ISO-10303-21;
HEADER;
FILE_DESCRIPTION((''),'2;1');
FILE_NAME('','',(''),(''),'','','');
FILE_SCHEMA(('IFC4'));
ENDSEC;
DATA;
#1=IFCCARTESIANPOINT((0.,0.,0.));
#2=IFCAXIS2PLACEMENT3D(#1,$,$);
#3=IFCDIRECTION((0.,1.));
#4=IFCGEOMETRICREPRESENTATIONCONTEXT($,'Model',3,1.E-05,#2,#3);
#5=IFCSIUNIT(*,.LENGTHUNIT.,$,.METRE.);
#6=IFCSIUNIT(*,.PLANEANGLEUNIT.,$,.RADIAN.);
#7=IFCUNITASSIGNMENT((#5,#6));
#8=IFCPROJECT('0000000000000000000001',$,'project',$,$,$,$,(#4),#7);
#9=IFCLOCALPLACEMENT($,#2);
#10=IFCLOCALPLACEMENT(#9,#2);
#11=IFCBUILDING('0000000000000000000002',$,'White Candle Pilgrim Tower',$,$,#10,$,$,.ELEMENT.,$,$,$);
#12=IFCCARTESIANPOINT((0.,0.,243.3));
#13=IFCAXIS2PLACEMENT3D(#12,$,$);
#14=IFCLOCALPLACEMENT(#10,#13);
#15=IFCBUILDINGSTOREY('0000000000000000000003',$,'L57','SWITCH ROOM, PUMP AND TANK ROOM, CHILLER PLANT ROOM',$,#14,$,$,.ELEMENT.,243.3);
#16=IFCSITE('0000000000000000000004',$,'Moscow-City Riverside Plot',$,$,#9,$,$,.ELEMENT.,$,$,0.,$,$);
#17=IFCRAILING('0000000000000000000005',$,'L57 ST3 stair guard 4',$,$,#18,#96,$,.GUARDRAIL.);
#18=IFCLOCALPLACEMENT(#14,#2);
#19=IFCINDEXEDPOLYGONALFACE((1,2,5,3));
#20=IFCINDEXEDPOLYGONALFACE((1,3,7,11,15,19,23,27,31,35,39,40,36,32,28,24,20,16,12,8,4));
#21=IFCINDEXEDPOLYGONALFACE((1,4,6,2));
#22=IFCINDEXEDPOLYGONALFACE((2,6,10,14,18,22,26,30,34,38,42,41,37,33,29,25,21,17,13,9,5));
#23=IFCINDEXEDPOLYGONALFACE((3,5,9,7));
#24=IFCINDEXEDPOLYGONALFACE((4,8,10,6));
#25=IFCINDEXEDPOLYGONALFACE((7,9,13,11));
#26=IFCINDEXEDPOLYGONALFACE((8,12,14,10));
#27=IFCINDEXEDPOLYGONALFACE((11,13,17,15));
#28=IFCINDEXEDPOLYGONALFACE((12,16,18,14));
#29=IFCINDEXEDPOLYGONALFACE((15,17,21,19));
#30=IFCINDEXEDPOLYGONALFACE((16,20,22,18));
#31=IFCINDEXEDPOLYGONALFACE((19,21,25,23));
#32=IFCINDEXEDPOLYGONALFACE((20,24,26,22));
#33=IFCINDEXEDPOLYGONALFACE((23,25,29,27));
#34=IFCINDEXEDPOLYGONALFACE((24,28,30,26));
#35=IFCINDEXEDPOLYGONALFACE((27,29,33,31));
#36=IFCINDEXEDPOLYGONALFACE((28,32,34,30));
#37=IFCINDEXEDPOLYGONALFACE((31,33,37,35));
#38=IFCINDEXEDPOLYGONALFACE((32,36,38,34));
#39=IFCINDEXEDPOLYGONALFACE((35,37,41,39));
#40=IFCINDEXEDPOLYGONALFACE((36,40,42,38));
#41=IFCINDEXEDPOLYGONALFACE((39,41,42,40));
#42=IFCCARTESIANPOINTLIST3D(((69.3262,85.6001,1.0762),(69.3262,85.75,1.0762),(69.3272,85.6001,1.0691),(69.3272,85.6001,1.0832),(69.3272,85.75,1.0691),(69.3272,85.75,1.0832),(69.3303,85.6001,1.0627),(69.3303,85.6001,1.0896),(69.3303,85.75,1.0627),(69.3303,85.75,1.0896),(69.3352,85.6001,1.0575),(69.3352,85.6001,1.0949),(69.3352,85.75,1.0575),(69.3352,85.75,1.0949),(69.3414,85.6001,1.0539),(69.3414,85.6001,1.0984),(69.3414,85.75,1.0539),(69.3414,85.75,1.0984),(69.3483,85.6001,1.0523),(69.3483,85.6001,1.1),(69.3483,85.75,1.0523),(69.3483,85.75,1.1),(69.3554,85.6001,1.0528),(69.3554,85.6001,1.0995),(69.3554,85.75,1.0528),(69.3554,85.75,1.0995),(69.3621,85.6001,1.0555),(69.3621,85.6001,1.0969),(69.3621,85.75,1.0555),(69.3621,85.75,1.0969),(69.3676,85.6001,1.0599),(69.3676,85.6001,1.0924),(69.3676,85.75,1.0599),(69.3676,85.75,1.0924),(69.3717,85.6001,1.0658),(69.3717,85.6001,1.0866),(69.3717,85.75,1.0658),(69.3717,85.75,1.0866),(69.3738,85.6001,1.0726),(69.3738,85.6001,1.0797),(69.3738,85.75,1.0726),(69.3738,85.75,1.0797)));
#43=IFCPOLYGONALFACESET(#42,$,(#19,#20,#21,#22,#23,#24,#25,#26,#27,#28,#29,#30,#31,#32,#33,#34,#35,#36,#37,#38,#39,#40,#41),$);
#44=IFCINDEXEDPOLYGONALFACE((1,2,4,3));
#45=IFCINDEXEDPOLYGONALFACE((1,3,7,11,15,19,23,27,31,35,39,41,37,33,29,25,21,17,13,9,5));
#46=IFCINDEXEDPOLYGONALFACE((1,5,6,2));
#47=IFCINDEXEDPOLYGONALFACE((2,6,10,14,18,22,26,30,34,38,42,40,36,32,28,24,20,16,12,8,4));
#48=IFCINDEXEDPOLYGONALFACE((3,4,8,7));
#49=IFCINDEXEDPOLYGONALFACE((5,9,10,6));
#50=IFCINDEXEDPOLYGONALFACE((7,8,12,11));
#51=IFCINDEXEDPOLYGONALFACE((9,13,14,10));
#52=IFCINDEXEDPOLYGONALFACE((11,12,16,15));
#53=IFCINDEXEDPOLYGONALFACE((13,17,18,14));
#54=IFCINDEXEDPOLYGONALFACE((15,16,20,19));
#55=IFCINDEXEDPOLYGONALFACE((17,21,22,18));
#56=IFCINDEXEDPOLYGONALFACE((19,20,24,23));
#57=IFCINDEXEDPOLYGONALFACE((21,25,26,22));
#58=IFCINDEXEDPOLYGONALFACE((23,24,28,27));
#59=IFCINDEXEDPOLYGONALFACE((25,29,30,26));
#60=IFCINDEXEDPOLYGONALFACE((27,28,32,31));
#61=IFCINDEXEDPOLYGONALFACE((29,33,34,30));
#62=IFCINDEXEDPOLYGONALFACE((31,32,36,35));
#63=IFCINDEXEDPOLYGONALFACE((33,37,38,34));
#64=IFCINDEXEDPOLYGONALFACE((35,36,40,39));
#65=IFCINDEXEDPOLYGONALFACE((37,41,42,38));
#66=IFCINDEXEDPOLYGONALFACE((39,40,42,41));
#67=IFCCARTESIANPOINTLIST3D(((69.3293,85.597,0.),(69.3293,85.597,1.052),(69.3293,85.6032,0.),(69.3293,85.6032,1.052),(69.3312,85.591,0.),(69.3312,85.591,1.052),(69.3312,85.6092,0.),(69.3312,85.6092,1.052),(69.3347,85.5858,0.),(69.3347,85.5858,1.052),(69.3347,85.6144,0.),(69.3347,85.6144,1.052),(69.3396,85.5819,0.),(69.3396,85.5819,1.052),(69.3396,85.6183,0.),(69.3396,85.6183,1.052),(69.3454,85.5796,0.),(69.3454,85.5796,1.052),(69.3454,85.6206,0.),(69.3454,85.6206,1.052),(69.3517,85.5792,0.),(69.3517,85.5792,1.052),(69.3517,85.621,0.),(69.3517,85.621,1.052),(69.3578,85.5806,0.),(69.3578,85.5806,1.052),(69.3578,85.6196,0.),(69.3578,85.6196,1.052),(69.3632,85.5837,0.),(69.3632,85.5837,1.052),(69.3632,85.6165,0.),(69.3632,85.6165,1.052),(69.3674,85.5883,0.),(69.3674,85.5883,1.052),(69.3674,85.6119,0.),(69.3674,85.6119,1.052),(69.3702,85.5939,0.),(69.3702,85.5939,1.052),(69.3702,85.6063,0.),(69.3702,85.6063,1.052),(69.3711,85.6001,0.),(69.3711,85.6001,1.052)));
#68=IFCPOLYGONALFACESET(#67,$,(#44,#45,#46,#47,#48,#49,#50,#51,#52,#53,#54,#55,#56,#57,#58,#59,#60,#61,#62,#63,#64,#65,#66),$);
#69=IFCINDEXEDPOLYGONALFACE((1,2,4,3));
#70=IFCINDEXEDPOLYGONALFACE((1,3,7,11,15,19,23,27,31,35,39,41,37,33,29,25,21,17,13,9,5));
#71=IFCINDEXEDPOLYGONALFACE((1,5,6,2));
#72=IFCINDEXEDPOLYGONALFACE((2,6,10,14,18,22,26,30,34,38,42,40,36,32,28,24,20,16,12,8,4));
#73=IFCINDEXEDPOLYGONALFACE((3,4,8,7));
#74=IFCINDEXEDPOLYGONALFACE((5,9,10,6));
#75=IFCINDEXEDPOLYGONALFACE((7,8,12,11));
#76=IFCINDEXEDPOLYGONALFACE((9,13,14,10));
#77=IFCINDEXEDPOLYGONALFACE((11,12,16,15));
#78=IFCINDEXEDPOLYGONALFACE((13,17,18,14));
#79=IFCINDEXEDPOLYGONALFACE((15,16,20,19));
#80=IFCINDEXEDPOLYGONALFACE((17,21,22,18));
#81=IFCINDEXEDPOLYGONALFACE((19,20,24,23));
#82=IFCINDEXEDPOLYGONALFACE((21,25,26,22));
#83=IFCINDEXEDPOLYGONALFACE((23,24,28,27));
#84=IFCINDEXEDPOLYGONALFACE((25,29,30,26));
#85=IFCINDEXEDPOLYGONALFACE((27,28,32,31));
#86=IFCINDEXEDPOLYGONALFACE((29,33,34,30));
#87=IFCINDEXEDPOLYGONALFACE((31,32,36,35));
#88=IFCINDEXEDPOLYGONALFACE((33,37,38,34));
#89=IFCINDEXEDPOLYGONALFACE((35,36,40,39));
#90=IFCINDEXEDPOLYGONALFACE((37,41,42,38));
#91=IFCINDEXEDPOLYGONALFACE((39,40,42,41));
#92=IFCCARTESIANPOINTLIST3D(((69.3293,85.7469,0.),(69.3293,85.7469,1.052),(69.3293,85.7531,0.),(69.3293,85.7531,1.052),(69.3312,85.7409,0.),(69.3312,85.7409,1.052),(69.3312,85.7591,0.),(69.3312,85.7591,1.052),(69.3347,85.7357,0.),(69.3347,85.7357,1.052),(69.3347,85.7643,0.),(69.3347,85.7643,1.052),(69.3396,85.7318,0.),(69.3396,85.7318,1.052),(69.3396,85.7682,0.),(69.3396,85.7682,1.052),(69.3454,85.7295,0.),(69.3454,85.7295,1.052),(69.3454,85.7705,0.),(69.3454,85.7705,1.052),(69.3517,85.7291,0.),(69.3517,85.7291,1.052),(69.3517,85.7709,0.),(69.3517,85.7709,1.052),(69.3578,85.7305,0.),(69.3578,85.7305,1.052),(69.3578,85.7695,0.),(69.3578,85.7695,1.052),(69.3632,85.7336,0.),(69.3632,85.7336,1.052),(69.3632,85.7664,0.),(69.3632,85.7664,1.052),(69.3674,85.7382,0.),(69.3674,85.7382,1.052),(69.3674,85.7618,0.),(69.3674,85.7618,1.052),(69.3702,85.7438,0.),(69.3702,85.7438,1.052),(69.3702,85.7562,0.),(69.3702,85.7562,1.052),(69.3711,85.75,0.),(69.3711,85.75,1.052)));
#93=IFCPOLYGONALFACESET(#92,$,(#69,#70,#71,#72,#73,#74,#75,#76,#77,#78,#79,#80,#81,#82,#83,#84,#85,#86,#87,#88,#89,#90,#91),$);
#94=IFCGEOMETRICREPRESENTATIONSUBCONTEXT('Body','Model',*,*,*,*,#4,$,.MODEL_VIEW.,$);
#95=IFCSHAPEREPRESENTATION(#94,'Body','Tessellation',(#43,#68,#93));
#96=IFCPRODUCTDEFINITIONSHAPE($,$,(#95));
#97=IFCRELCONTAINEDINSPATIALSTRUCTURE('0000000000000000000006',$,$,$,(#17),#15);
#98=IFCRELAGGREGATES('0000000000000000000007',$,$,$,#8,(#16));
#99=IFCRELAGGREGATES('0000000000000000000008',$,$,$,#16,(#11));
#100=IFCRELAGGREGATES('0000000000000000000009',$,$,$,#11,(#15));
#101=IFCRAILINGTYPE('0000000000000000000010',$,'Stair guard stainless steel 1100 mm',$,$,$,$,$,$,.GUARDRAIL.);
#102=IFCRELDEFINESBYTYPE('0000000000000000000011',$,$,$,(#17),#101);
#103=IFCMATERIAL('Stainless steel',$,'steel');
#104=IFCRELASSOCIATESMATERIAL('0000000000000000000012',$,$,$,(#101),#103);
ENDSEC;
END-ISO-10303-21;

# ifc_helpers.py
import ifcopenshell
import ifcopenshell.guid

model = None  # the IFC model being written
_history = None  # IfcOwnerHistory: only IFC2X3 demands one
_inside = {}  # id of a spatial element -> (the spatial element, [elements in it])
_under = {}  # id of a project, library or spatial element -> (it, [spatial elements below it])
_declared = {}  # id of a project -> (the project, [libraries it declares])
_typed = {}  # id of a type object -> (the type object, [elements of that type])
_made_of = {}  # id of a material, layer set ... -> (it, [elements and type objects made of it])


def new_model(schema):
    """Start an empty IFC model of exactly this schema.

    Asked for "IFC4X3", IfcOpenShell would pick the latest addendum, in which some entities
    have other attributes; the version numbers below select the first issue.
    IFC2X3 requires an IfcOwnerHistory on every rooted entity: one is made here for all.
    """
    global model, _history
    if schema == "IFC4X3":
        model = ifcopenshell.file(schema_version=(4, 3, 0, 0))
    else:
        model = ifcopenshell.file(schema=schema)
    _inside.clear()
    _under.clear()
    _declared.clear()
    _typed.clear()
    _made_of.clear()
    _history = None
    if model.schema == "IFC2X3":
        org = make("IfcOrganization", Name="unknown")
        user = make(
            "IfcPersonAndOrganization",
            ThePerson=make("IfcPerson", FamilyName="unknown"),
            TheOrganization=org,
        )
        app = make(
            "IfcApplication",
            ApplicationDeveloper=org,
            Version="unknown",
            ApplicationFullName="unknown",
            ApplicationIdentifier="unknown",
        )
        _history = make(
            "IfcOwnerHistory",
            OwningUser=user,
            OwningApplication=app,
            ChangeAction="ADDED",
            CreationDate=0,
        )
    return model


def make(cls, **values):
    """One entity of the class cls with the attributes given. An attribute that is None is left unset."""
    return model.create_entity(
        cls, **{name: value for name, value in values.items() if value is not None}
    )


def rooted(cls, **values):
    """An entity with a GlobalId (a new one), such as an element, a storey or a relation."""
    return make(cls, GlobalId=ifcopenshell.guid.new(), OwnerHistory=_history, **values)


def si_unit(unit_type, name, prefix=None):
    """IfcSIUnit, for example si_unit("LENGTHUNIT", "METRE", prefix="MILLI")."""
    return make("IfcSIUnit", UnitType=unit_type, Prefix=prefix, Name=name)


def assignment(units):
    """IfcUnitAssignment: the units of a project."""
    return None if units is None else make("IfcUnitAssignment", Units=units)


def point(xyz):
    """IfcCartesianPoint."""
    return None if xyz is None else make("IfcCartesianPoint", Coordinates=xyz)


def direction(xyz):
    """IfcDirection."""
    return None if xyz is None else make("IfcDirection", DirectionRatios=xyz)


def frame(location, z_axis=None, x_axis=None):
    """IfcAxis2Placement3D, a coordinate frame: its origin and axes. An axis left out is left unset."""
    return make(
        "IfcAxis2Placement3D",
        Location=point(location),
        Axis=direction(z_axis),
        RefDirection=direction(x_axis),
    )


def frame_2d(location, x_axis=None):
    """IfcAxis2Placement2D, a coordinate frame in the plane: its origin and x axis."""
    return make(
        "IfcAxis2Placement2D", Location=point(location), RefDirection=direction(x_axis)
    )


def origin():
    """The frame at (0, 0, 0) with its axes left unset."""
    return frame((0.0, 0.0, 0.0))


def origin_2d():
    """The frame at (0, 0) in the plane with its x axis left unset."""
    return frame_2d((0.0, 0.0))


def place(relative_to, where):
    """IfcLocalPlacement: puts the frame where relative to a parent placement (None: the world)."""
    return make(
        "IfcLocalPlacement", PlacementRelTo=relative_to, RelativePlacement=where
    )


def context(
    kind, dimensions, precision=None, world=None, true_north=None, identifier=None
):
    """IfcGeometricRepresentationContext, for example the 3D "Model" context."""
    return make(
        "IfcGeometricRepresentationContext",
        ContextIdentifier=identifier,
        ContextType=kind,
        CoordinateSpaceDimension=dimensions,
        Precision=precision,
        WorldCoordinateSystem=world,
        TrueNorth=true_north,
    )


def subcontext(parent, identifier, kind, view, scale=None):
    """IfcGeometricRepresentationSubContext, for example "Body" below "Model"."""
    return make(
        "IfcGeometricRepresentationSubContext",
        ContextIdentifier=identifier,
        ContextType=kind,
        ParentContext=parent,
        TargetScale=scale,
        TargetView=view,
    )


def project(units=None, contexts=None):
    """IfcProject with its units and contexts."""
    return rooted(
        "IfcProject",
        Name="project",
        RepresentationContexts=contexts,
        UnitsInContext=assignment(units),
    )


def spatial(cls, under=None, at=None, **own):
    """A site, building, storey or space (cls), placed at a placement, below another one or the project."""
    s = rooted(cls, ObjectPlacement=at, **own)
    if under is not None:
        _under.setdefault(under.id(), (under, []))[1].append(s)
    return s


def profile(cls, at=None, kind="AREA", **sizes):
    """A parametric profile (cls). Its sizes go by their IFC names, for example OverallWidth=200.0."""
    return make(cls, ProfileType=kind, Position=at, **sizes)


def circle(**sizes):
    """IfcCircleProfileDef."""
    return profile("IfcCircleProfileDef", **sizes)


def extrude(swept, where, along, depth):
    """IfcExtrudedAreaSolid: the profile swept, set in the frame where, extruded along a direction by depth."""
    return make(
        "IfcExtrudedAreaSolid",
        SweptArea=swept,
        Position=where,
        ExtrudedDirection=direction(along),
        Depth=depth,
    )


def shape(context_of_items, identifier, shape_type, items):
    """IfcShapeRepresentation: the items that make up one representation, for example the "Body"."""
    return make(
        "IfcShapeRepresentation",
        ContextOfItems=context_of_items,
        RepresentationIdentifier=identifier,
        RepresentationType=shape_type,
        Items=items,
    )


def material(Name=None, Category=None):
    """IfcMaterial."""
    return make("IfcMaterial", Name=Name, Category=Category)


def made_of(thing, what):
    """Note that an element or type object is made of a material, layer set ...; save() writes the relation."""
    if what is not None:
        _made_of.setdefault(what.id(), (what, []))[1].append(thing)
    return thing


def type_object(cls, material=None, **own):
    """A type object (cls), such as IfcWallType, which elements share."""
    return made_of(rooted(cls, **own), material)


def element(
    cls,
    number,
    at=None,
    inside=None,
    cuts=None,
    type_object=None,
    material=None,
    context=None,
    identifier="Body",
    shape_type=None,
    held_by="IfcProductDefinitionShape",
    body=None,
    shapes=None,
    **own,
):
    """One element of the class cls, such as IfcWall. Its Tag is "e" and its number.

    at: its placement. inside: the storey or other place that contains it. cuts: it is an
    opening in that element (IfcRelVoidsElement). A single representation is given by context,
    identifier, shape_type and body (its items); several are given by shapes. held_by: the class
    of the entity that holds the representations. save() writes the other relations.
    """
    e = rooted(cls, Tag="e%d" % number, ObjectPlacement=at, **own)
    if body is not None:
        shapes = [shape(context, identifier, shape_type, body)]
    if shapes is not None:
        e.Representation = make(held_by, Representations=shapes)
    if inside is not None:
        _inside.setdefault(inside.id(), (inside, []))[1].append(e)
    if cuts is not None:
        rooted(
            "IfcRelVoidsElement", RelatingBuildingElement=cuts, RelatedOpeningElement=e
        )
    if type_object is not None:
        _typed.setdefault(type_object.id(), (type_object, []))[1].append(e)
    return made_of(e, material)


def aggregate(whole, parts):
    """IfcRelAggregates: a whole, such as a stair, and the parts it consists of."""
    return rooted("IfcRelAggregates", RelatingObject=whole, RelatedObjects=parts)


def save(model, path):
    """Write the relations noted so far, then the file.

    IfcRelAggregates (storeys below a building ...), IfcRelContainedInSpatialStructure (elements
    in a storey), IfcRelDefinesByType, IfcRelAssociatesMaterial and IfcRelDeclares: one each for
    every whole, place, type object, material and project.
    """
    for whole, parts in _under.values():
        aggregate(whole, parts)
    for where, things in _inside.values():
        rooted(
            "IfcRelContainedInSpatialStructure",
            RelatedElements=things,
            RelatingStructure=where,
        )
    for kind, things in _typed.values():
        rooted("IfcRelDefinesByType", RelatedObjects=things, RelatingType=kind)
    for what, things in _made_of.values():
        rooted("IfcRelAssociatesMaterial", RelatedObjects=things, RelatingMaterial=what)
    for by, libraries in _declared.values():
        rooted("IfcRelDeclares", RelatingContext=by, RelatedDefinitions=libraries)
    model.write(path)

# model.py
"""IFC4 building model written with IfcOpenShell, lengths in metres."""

from ifc_helpers import new_model, si_unit, direction, frame, origin, origin_2d, place, context, subcontext, project, spatial, circle, extrude, material, type_object, element, save


model = new_model("IFC4")

# Units and contexts
model_context = context("Model", 3, precision=1e-05, world=origin(), true_north=direction((0.0, 1.0)))
body_context = subcontext(model_context, "Body", "Model", "MODEL_VIEW")
ifc_project = project(units=[si_unit("LENGTHUNIT", "METRE"), si_unit("PLANEANGLEUNIT", "RADIAN")], contexts=[model_context])

# Site, building, storey
site_placement = place(None, origin())
site = spatial("IfcSite", under=ifc_project, at=site_placement, Name="Moscow-City Riverside Plot", CompositionType="ELEMENT", RefElevation=0.0)
building_placement = place(site_placement, origin())
building = spatial("IfcBuilding", under=site, at=building_placement, Name="White Candle Pilgrim Tower", CompositionType="ELEMENT")
storey_placement = place(building_placement, frame((0.0, 0.0, 243.3)))
storey = spatial("IfcBuildingStorey", under=building, at=storey_placement, Name="L57", Description="SWITCH ROOM, PUMP AND TANK ROOM, CHILLER PLANT ROOM", CompositionType="ELEMENT", Elevation=243.3)

# Shared definitions
ifc_material_1 = material(Name="Stainless steel", Category="steel")

# Railing
railing_type_1 = type_object("IfcRailingType", Name="Stair guard stainless steel 1100 mm", PredefinedType="GUARDRAIL", material=ifc_material_1)
railing_1_placement = place(storey_placement, frame((69.3501, 85.6001, 0.0)))
element("IfcRailing", 1, at=railing_1_placement, inside=storey, type_object=railing_type_1, Name="L57 ST3 stair guard 4", PredefinedType="GUARDRAIL", context=body_context, shape_type="SweptSolid", body=[
    extrude(circle(Radius=0.0239, at=origin_2d()), frame((0.0, 0.0, 1.0762), z_axis=(0.0, 1.0, 0.0), x_axis=(-1.0, 0.0, 0.0)), (0.0, 0.0, 1.0), 0.1499),
    extrude(circle(Radius=0.021, at=origin_2d()), origin(), (0.0, 0.0, 1.0), 1.052),
    extrude(circle(Radius=0.021, at=origin_2d()), frame((0.0, 0.1499, 0.0)), (0.0, 0.0, 1.0), 1.052),
])

save(model, "model.ifc")
